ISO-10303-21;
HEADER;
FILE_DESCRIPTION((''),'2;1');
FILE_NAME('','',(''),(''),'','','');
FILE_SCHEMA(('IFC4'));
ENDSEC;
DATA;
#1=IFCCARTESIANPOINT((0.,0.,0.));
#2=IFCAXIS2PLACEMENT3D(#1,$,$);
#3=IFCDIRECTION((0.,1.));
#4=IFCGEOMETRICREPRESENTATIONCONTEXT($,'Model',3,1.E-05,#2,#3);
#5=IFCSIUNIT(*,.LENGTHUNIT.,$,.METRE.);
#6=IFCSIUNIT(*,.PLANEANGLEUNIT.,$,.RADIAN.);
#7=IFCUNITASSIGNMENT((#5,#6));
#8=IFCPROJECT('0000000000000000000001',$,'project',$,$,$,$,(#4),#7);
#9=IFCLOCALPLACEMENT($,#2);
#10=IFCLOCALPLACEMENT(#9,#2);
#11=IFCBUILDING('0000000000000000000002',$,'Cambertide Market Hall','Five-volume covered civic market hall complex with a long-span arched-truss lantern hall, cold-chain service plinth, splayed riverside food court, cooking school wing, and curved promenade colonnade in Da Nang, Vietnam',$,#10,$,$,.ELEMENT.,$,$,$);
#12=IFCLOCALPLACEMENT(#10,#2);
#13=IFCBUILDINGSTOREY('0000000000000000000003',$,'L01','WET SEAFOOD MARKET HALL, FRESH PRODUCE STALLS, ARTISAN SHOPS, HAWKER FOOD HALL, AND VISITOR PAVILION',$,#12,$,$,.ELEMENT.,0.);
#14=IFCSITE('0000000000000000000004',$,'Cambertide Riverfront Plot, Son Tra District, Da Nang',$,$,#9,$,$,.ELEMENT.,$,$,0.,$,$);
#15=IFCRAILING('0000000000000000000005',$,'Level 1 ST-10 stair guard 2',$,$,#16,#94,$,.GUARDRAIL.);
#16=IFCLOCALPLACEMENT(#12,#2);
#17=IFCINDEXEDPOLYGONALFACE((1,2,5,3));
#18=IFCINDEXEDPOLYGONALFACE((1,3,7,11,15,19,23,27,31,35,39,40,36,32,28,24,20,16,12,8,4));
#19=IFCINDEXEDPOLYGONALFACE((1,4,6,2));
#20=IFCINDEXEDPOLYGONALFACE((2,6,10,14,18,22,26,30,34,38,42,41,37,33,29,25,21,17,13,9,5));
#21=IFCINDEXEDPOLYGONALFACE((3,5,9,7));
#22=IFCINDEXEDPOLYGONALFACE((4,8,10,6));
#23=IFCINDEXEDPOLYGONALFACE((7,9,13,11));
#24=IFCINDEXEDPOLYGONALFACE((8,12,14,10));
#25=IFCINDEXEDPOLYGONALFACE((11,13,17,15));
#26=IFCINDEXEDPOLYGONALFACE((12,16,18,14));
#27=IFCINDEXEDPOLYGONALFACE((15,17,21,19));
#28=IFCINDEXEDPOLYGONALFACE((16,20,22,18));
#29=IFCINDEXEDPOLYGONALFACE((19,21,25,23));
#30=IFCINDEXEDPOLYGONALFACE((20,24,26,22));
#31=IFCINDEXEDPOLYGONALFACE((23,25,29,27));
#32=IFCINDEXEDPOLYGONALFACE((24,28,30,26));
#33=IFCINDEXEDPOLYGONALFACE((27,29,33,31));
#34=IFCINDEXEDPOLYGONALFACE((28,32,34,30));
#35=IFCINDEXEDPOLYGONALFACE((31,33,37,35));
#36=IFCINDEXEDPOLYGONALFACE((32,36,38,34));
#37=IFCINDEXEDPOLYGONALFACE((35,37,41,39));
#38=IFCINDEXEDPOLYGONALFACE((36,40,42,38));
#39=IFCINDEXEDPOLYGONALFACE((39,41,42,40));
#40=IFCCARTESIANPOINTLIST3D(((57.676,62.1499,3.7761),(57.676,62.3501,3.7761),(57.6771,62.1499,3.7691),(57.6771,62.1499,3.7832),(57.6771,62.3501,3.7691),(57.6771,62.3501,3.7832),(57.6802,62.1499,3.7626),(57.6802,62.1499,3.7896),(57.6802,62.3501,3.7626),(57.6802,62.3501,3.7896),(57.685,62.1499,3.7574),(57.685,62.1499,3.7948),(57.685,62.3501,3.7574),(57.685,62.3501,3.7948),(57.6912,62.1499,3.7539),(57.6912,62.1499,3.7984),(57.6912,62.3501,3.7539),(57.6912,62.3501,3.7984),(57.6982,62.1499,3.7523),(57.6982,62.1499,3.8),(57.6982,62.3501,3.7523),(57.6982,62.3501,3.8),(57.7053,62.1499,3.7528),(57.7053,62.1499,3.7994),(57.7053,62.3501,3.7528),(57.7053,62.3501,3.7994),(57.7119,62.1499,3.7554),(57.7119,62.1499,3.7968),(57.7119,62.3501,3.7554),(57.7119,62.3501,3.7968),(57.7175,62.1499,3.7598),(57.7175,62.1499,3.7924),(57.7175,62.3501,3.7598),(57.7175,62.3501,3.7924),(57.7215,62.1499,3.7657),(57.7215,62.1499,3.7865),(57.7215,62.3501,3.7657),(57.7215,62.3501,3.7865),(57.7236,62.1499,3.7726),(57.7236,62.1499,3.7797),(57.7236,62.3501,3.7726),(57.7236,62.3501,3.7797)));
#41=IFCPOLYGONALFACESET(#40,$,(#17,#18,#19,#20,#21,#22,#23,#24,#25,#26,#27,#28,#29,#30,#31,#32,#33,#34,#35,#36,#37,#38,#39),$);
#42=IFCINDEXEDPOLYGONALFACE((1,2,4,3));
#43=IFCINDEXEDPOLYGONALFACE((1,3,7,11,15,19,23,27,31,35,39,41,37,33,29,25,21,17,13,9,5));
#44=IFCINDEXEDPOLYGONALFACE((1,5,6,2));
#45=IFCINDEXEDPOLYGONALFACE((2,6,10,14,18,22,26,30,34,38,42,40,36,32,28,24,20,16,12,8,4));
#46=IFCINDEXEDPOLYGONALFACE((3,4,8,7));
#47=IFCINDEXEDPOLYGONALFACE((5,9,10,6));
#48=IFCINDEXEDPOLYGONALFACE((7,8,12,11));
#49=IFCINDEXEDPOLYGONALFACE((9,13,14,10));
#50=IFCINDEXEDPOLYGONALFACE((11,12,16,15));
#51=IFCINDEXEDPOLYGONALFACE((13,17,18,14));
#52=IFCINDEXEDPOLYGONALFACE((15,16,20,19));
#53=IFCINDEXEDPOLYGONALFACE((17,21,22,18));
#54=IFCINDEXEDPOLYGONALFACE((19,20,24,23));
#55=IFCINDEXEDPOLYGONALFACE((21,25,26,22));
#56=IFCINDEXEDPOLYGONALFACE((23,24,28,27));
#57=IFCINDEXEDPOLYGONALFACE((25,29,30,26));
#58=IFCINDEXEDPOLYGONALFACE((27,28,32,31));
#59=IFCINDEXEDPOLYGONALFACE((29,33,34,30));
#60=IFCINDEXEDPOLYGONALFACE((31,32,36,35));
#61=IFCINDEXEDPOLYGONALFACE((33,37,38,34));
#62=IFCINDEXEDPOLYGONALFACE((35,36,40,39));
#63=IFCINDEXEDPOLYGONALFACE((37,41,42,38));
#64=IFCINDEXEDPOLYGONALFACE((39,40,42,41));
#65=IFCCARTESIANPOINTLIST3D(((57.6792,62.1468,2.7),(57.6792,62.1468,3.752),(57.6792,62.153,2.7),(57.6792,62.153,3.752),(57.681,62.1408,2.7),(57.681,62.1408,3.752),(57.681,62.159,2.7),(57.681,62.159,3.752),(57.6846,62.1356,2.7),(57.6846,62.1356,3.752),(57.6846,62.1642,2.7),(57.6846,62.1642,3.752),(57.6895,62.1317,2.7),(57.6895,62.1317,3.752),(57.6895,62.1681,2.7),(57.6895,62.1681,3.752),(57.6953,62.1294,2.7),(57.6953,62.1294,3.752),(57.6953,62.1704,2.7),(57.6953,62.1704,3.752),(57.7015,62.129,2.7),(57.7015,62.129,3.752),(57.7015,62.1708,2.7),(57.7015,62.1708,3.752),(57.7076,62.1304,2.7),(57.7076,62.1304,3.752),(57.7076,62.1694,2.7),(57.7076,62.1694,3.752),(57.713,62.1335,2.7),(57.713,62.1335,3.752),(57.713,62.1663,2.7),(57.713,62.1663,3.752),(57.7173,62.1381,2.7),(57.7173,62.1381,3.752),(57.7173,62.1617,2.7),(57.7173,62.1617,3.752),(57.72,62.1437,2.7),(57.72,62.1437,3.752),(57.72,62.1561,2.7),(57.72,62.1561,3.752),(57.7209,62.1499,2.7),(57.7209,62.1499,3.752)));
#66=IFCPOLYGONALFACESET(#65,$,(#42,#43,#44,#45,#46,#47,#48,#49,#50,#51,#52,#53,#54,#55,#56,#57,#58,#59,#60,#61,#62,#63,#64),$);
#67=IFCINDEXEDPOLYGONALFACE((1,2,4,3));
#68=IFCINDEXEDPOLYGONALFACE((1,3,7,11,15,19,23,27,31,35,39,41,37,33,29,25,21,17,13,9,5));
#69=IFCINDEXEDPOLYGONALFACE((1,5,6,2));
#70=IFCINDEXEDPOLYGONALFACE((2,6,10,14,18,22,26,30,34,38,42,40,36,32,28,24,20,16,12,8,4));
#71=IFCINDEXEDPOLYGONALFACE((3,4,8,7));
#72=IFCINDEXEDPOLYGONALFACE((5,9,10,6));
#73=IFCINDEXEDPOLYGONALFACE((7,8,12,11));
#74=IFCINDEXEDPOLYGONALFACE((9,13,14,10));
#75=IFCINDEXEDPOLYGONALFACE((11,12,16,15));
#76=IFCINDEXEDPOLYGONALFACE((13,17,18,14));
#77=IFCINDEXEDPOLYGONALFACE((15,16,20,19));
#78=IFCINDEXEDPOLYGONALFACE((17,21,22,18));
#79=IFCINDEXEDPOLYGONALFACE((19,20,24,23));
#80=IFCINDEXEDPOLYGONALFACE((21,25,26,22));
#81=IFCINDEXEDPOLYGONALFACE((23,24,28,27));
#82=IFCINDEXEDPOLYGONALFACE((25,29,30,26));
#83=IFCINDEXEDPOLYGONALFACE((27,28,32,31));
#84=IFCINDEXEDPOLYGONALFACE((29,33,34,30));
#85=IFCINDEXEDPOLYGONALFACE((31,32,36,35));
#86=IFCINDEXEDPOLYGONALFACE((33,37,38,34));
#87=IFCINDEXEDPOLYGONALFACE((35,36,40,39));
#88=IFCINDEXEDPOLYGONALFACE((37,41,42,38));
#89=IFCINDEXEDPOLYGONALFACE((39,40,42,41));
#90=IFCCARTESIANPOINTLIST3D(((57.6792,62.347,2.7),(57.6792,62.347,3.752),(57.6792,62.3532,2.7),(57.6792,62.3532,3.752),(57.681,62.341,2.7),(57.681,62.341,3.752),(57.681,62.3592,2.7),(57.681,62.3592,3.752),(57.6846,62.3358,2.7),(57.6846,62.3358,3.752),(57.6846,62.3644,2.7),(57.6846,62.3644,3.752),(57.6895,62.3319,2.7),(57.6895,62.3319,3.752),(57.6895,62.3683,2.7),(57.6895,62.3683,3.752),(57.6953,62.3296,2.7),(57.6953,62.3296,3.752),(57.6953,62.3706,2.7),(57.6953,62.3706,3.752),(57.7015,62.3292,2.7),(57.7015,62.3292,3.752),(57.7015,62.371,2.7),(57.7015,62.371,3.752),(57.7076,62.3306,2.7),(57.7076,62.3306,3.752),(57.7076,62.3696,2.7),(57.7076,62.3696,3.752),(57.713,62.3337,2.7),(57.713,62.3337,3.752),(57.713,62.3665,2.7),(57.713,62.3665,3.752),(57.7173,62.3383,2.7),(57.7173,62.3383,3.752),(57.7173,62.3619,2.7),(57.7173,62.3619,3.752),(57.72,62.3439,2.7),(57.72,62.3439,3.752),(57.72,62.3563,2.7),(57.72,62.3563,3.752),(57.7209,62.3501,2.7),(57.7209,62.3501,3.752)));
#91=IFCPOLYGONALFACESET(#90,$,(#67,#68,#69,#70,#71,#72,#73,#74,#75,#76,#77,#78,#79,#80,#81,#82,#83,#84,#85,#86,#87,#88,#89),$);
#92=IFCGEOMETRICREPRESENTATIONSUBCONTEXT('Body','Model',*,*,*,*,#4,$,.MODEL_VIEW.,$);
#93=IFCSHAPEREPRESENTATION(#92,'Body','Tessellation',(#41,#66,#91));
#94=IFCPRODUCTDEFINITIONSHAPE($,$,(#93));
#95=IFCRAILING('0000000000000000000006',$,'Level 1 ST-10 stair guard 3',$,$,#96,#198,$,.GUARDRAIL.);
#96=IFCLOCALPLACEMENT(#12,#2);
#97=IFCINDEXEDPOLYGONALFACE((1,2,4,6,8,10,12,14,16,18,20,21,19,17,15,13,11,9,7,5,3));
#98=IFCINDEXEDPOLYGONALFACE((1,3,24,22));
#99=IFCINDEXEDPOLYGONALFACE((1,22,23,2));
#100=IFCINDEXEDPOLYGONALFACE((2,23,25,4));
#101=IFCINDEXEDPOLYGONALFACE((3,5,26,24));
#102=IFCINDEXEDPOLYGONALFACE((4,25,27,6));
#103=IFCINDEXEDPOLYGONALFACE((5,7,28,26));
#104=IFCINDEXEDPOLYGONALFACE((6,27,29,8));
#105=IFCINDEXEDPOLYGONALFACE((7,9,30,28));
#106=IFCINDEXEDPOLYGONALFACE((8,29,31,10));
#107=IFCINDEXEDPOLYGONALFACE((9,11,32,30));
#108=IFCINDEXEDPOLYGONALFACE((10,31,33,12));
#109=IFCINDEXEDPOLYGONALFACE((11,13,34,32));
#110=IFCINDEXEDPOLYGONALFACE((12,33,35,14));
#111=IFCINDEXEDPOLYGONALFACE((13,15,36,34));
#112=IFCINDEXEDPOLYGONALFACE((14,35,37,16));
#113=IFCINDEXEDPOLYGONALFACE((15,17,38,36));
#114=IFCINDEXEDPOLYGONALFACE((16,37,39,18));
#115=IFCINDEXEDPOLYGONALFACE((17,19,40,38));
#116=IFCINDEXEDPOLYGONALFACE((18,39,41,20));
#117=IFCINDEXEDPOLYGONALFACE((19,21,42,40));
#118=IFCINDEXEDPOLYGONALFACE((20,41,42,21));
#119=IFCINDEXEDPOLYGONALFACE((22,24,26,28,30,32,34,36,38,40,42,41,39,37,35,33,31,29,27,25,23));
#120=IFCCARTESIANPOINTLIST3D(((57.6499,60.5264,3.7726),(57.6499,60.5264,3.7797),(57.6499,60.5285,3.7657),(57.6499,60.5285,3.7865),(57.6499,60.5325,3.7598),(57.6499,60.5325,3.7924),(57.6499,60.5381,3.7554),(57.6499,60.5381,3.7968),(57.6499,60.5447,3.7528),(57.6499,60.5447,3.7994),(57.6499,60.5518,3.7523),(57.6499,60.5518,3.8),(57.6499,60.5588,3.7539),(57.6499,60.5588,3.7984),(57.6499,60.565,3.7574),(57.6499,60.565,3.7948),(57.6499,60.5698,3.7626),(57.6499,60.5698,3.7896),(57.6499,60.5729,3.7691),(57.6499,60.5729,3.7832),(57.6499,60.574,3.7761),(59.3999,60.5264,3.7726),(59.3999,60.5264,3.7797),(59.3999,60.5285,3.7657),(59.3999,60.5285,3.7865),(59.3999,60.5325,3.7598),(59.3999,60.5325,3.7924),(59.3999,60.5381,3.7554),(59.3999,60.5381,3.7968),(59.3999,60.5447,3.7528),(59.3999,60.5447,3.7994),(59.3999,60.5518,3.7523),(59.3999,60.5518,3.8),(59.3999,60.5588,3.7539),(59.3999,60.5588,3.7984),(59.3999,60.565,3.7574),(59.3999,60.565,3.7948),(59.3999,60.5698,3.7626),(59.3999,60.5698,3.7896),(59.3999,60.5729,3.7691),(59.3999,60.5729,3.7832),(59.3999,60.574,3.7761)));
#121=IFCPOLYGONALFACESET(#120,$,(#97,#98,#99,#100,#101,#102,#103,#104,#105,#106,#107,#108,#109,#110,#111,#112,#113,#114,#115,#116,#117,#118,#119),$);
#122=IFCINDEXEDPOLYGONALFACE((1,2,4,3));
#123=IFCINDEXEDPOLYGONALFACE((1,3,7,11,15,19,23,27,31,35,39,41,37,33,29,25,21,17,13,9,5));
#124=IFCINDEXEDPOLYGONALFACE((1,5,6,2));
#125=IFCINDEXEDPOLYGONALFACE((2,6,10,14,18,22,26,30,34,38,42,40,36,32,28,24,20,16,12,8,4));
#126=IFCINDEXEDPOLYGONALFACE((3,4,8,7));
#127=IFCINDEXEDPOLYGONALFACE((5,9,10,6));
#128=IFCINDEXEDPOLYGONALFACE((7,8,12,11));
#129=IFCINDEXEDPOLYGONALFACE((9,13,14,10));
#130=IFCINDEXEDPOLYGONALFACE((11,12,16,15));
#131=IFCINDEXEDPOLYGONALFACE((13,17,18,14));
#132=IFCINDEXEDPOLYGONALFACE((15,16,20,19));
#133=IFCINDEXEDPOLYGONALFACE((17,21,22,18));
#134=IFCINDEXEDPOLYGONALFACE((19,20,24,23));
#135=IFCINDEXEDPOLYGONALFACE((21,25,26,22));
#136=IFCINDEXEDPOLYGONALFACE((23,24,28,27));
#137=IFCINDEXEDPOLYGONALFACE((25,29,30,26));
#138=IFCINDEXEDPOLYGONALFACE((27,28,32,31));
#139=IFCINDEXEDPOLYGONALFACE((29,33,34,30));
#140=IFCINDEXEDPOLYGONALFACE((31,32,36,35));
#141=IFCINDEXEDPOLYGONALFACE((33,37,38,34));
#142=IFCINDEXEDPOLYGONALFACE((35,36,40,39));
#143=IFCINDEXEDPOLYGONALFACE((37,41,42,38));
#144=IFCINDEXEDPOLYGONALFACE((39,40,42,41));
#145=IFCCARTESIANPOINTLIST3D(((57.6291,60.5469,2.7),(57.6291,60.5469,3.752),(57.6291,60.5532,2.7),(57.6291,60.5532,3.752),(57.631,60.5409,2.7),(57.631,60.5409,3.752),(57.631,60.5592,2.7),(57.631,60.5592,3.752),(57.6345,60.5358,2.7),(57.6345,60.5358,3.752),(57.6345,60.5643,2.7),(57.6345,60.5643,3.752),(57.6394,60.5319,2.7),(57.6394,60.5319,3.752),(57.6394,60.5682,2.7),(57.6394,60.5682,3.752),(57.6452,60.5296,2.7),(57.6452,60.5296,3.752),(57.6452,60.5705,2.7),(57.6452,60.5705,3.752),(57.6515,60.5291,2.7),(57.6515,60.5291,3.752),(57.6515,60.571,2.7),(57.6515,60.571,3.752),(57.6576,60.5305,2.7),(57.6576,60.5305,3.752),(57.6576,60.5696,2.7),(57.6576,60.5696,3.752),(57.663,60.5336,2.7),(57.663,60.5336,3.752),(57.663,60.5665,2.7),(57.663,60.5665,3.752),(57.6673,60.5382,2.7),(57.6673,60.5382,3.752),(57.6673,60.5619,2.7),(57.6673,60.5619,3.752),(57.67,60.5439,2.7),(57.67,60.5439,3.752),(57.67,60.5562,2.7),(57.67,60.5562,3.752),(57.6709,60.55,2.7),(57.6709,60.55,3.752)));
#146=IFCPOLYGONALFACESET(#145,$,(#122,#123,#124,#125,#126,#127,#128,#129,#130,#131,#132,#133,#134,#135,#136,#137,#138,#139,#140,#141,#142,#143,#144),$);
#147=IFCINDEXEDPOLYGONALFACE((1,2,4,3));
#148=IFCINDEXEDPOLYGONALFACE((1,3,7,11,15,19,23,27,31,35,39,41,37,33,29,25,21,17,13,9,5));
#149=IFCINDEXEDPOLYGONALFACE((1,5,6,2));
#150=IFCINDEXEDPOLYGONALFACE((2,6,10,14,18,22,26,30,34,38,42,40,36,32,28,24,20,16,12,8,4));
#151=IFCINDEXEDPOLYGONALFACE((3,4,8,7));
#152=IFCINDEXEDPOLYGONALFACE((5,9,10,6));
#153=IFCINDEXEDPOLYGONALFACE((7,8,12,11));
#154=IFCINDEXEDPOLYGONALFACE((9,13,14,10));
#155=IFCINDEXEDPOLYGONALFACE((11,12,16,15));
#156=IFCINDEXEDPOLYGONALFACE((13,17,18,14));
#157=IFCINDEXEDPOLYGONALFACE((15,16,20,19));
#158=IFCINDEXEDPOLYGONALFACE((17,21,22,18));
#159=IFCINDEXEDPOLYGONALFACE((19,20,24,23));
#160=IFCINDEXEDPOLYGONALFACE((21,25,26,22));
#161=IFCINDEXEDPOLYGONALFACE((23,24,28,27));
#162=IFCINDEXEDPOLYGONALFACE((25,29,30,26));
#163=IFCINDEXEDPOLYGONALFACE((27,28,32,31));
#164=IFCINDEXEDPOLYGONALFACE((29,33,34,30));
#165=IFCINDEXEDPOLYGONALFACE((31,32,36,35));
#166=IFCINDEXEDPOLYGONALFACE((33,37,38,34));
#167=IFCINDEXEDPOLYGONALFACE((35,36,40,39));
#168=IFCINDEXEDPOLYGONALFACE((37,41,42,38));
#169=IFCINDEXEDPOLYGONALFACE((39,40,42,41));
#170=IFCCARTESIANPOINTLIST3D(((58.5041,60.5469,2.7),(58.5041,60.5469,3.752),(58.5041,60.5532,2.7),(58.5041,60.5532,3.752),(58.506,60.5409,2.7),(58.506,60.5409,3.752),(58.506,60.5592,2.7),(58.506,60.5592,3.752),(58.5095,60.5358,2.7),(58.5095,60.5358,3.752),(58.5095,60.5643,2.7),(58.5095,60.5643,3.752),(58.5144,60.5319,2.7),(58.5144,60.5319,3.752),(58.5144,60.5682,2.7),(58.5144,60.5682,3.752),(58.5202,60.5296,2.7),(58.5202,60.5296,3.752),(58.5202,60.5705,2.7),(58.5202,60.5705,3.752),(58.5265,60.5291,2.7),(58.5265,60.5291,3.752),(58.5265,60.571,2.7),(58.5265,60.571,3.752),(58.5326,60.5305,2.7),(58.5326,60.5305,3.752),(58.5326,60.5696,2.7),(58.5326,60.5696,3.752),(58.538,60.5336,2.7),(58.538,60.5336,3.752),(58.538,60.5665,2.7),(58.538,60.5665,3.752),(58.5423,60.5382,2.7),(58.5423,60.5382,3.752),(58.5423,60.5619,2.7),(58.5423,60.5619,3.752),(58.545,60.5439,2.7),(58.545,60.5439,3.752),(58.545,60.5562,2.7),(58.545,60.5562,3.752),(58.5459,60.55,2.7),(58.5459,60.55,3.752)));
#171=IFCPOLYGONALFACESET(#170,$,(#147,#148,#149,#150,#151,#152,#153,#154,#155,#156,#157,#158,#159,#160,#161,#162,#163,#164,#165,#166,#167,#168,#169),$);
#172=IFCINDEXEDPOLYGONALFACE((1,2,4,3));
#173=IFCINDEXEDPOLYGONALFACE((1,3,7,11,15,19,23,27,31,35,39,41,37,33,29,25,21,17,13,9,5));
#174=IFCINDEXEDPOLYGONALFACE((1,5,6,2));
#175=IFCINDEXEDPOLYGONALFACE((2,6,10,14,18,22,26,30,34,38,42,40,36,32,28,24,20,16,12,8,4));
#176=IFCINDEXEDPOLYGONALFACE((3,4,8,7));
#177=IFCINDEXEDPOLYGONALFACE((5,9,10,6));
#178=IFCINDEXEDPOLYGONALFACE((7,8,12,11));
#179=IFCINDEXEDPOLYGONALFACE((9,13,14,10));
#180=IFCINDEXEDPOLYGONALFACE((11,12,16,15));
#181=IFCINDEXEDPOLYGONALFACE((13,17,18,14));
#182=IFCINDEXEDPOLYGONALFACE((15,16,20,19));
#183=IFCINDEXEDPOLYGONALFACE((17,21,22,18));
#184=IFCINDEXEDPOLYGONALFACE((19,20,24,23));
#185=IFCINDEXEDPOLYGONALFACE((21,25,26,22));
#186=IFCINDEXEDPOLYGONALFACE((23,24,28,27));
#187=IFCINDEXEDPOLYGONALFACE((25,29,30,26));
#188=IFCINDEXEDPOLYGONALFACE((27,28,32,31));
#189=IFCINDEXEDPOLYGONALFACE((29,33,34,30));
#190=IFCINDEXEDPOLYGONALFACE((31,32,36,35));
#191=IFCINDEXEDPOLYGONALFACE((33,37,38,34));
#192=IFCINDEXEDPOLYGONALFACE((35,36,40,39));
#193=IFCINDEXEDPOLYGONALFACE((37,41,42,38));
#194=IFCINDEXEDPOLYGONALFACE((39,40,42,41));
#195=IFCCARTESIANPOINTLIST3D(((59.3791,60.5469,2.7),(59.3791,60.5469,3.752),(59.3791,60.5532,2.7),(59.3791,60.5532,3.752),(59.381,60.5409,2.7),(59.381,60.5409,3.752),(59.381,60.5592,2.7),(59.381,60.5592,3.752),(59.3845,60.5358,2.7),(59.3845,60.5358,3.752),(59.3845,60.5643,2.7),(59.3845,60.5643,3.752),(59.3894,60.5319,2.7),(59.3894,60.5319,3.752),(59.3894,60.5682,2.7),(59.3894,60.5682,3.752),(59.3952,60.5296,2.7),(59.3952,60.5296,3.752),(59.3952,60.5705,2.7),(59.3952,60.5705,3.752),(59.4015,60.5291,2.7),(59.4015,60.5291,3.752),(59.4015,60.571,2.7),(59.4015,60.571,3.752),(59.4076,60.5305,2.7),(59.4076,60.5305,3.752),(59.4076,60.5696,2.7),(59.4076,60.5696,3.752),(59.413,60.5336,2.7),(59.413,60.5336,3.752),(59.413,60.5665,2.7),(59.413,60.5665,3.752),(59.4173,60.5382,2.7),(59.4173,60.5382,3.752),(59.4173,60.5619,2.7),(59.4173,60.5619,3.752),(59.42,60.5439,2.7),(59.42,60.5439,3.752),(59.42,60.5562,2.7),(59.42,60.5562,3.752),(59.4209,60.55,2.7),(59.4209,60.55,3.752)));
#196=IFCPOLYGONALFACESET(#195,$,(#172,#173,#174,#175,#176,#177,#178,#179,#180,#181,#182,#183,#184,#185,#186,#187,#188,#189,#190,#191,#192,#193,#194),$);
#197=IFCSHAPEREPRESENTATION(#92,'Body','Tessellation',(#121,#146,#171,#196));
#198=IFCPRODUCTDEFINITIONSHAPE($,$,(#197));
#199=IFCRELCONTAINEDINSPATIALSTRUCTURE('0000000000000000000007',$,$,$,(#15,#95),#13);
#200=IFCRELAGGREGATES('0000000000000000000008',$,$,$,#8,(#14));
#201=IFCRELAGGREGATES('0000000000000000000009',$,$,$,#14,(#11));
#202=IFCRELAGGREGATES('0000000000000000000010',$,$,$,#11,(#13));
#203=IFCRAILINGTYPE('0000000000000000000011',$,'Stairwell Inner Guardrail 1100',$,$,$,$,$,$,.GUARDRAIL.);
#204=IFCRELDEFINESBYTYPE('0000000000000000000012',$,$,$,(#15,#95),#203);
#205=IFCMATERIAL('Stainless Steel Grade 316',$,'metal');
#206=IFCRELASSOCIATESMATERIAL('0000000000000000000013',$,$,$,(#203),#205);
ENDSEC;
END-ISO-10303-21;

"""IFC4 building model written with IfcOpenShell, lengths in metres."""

from ifc_helpers import new_model, si_unit, direction, frame, origin, origin_2d, place, context, subcontext, project, spatial, circle, extrude, material, type_object, element, save


model = new_model("IFC4")

# Units and contexts
model_context = context("Model", 3, precision=1e-05, world=origin(), true_north=direction((0.0, 1.0)))
body_context = subcontext(model_context, "Body", "Model", "MODEL_VIEW")
ifc_project = project(units=[si_unit("LENGTHUNIT", "METRE"), si_unit("PLANEANGLEUNIT", "RADIAN")], contexts=[model_context])

# Site, building, storey
site_placement = place(None, origin())
site = spatial("IfcSite", under=ifc_project, at=site_placement, Name="Cambertide Riverfront Plot, Son Tra District, Da Nang", CompositionType="ELEMENT", RefElevation=0.0)
building_placement = place(site_placement, origin())
building = spatial("IfcBuilding", under=site, at=building_placement, Name="Cambertide Market Hall", Description="Five-volume covered civic market hall complex with a long-span arched-truss lantern hall, cold-chain service plinth, splayed riverside food court, cooking school wing, and curved promenade colonnade in Da Nang, Vietnam", CompositionType="ELEMENT")
storey_placement = place(building_placement, origin())
storey = spatial("IfcBuildingStorey", under=building, at=storey_placement, Name="L01", Description="WET SEAFOOD MARKET HALL, FRESH PRODUCE STALLS, ARTISAN SHOPS, HAWKER FOOD HALL, AND VISITOR PAVILION", CompositionType="ELEMENT", Elevation=0.0)

# Railings
ifc_material_1 = material(Name="Stainless Steel Grade 316", Category="metal")
railing_type_1 = type_object("IfcRailingType", Name="Stairwell Inner Guardrail 1100", PredefinedType="GUARDRAIL", material=ifc_material_1)
railing_1_placement = place(storey_placement, frame((57.7, 62.1499, 2.7)))
element("IfcRailing", 1, at=railing_1_placement, inside=storey, type_object=railing_type_1, Name="Level 1 ST-10 stair guard 2", PredefinedType="GUARDRAIL", context=body_context, shape_type="SweptSolid", body=[
    extrude(circle(Radius=0.0239, at=origin_2d()), frame((0.0, 0.0, 1.0762), z_axis=(0.0, 1.0, 0.0), x_axis=(-1.0, 0.0, 0.0)), (0.0, 0.0, 1.0), 0.2002),
    extrude(circle(Radius=0.021, at=origin_2d()), origin(), (0.0, 0.0, 1.0), 1.052),
    extrude(circle(Radius=0.021, at=origin_2d()), frame((0.0, 0.2002, 0.0)), (0.0, 0.0, 1.0), 1.052),
])
for number, where, name in (
    (2, (57.6499, 60.55, 2.7), "Level 1 ST-10 stair guard 3"),
):
    element("IfcRailing", number, at=place(storey_placement, frame(where)), inside=storey, type_object=railing_type_1, Name=name, PredefinedType="GUARDRAIL", context=body_context, shape_type="SweptSolid", body=[
        extrude(circle(Radius=0.0239, at=origin_2d()), frame((0.0, 0.0, 1.0762), z_axis=(1.0, 0.0, 0.0), x_axis=(0.0, 1.0, 0.0)), (0.0, 0.0, 1.0), 1.75),
        extrude(circle(Radius=0.021, at=origin_2d()), origin(), (0.0, 0.0, 1.0), 1.052),
        extrude(circle(Radius=0.021, at=origin_2d()), frame((0.875, 0.0, 0.0)), (0.0, 0.0, 1.0), 1.052),
        extrude(circle(Radius=0.021, at=origin_2d()), frame((1.75, 0.0, 0.0)), (0.0, 0.0, 1.0), 1.052),
    ])

save(model, "model.ifc")
